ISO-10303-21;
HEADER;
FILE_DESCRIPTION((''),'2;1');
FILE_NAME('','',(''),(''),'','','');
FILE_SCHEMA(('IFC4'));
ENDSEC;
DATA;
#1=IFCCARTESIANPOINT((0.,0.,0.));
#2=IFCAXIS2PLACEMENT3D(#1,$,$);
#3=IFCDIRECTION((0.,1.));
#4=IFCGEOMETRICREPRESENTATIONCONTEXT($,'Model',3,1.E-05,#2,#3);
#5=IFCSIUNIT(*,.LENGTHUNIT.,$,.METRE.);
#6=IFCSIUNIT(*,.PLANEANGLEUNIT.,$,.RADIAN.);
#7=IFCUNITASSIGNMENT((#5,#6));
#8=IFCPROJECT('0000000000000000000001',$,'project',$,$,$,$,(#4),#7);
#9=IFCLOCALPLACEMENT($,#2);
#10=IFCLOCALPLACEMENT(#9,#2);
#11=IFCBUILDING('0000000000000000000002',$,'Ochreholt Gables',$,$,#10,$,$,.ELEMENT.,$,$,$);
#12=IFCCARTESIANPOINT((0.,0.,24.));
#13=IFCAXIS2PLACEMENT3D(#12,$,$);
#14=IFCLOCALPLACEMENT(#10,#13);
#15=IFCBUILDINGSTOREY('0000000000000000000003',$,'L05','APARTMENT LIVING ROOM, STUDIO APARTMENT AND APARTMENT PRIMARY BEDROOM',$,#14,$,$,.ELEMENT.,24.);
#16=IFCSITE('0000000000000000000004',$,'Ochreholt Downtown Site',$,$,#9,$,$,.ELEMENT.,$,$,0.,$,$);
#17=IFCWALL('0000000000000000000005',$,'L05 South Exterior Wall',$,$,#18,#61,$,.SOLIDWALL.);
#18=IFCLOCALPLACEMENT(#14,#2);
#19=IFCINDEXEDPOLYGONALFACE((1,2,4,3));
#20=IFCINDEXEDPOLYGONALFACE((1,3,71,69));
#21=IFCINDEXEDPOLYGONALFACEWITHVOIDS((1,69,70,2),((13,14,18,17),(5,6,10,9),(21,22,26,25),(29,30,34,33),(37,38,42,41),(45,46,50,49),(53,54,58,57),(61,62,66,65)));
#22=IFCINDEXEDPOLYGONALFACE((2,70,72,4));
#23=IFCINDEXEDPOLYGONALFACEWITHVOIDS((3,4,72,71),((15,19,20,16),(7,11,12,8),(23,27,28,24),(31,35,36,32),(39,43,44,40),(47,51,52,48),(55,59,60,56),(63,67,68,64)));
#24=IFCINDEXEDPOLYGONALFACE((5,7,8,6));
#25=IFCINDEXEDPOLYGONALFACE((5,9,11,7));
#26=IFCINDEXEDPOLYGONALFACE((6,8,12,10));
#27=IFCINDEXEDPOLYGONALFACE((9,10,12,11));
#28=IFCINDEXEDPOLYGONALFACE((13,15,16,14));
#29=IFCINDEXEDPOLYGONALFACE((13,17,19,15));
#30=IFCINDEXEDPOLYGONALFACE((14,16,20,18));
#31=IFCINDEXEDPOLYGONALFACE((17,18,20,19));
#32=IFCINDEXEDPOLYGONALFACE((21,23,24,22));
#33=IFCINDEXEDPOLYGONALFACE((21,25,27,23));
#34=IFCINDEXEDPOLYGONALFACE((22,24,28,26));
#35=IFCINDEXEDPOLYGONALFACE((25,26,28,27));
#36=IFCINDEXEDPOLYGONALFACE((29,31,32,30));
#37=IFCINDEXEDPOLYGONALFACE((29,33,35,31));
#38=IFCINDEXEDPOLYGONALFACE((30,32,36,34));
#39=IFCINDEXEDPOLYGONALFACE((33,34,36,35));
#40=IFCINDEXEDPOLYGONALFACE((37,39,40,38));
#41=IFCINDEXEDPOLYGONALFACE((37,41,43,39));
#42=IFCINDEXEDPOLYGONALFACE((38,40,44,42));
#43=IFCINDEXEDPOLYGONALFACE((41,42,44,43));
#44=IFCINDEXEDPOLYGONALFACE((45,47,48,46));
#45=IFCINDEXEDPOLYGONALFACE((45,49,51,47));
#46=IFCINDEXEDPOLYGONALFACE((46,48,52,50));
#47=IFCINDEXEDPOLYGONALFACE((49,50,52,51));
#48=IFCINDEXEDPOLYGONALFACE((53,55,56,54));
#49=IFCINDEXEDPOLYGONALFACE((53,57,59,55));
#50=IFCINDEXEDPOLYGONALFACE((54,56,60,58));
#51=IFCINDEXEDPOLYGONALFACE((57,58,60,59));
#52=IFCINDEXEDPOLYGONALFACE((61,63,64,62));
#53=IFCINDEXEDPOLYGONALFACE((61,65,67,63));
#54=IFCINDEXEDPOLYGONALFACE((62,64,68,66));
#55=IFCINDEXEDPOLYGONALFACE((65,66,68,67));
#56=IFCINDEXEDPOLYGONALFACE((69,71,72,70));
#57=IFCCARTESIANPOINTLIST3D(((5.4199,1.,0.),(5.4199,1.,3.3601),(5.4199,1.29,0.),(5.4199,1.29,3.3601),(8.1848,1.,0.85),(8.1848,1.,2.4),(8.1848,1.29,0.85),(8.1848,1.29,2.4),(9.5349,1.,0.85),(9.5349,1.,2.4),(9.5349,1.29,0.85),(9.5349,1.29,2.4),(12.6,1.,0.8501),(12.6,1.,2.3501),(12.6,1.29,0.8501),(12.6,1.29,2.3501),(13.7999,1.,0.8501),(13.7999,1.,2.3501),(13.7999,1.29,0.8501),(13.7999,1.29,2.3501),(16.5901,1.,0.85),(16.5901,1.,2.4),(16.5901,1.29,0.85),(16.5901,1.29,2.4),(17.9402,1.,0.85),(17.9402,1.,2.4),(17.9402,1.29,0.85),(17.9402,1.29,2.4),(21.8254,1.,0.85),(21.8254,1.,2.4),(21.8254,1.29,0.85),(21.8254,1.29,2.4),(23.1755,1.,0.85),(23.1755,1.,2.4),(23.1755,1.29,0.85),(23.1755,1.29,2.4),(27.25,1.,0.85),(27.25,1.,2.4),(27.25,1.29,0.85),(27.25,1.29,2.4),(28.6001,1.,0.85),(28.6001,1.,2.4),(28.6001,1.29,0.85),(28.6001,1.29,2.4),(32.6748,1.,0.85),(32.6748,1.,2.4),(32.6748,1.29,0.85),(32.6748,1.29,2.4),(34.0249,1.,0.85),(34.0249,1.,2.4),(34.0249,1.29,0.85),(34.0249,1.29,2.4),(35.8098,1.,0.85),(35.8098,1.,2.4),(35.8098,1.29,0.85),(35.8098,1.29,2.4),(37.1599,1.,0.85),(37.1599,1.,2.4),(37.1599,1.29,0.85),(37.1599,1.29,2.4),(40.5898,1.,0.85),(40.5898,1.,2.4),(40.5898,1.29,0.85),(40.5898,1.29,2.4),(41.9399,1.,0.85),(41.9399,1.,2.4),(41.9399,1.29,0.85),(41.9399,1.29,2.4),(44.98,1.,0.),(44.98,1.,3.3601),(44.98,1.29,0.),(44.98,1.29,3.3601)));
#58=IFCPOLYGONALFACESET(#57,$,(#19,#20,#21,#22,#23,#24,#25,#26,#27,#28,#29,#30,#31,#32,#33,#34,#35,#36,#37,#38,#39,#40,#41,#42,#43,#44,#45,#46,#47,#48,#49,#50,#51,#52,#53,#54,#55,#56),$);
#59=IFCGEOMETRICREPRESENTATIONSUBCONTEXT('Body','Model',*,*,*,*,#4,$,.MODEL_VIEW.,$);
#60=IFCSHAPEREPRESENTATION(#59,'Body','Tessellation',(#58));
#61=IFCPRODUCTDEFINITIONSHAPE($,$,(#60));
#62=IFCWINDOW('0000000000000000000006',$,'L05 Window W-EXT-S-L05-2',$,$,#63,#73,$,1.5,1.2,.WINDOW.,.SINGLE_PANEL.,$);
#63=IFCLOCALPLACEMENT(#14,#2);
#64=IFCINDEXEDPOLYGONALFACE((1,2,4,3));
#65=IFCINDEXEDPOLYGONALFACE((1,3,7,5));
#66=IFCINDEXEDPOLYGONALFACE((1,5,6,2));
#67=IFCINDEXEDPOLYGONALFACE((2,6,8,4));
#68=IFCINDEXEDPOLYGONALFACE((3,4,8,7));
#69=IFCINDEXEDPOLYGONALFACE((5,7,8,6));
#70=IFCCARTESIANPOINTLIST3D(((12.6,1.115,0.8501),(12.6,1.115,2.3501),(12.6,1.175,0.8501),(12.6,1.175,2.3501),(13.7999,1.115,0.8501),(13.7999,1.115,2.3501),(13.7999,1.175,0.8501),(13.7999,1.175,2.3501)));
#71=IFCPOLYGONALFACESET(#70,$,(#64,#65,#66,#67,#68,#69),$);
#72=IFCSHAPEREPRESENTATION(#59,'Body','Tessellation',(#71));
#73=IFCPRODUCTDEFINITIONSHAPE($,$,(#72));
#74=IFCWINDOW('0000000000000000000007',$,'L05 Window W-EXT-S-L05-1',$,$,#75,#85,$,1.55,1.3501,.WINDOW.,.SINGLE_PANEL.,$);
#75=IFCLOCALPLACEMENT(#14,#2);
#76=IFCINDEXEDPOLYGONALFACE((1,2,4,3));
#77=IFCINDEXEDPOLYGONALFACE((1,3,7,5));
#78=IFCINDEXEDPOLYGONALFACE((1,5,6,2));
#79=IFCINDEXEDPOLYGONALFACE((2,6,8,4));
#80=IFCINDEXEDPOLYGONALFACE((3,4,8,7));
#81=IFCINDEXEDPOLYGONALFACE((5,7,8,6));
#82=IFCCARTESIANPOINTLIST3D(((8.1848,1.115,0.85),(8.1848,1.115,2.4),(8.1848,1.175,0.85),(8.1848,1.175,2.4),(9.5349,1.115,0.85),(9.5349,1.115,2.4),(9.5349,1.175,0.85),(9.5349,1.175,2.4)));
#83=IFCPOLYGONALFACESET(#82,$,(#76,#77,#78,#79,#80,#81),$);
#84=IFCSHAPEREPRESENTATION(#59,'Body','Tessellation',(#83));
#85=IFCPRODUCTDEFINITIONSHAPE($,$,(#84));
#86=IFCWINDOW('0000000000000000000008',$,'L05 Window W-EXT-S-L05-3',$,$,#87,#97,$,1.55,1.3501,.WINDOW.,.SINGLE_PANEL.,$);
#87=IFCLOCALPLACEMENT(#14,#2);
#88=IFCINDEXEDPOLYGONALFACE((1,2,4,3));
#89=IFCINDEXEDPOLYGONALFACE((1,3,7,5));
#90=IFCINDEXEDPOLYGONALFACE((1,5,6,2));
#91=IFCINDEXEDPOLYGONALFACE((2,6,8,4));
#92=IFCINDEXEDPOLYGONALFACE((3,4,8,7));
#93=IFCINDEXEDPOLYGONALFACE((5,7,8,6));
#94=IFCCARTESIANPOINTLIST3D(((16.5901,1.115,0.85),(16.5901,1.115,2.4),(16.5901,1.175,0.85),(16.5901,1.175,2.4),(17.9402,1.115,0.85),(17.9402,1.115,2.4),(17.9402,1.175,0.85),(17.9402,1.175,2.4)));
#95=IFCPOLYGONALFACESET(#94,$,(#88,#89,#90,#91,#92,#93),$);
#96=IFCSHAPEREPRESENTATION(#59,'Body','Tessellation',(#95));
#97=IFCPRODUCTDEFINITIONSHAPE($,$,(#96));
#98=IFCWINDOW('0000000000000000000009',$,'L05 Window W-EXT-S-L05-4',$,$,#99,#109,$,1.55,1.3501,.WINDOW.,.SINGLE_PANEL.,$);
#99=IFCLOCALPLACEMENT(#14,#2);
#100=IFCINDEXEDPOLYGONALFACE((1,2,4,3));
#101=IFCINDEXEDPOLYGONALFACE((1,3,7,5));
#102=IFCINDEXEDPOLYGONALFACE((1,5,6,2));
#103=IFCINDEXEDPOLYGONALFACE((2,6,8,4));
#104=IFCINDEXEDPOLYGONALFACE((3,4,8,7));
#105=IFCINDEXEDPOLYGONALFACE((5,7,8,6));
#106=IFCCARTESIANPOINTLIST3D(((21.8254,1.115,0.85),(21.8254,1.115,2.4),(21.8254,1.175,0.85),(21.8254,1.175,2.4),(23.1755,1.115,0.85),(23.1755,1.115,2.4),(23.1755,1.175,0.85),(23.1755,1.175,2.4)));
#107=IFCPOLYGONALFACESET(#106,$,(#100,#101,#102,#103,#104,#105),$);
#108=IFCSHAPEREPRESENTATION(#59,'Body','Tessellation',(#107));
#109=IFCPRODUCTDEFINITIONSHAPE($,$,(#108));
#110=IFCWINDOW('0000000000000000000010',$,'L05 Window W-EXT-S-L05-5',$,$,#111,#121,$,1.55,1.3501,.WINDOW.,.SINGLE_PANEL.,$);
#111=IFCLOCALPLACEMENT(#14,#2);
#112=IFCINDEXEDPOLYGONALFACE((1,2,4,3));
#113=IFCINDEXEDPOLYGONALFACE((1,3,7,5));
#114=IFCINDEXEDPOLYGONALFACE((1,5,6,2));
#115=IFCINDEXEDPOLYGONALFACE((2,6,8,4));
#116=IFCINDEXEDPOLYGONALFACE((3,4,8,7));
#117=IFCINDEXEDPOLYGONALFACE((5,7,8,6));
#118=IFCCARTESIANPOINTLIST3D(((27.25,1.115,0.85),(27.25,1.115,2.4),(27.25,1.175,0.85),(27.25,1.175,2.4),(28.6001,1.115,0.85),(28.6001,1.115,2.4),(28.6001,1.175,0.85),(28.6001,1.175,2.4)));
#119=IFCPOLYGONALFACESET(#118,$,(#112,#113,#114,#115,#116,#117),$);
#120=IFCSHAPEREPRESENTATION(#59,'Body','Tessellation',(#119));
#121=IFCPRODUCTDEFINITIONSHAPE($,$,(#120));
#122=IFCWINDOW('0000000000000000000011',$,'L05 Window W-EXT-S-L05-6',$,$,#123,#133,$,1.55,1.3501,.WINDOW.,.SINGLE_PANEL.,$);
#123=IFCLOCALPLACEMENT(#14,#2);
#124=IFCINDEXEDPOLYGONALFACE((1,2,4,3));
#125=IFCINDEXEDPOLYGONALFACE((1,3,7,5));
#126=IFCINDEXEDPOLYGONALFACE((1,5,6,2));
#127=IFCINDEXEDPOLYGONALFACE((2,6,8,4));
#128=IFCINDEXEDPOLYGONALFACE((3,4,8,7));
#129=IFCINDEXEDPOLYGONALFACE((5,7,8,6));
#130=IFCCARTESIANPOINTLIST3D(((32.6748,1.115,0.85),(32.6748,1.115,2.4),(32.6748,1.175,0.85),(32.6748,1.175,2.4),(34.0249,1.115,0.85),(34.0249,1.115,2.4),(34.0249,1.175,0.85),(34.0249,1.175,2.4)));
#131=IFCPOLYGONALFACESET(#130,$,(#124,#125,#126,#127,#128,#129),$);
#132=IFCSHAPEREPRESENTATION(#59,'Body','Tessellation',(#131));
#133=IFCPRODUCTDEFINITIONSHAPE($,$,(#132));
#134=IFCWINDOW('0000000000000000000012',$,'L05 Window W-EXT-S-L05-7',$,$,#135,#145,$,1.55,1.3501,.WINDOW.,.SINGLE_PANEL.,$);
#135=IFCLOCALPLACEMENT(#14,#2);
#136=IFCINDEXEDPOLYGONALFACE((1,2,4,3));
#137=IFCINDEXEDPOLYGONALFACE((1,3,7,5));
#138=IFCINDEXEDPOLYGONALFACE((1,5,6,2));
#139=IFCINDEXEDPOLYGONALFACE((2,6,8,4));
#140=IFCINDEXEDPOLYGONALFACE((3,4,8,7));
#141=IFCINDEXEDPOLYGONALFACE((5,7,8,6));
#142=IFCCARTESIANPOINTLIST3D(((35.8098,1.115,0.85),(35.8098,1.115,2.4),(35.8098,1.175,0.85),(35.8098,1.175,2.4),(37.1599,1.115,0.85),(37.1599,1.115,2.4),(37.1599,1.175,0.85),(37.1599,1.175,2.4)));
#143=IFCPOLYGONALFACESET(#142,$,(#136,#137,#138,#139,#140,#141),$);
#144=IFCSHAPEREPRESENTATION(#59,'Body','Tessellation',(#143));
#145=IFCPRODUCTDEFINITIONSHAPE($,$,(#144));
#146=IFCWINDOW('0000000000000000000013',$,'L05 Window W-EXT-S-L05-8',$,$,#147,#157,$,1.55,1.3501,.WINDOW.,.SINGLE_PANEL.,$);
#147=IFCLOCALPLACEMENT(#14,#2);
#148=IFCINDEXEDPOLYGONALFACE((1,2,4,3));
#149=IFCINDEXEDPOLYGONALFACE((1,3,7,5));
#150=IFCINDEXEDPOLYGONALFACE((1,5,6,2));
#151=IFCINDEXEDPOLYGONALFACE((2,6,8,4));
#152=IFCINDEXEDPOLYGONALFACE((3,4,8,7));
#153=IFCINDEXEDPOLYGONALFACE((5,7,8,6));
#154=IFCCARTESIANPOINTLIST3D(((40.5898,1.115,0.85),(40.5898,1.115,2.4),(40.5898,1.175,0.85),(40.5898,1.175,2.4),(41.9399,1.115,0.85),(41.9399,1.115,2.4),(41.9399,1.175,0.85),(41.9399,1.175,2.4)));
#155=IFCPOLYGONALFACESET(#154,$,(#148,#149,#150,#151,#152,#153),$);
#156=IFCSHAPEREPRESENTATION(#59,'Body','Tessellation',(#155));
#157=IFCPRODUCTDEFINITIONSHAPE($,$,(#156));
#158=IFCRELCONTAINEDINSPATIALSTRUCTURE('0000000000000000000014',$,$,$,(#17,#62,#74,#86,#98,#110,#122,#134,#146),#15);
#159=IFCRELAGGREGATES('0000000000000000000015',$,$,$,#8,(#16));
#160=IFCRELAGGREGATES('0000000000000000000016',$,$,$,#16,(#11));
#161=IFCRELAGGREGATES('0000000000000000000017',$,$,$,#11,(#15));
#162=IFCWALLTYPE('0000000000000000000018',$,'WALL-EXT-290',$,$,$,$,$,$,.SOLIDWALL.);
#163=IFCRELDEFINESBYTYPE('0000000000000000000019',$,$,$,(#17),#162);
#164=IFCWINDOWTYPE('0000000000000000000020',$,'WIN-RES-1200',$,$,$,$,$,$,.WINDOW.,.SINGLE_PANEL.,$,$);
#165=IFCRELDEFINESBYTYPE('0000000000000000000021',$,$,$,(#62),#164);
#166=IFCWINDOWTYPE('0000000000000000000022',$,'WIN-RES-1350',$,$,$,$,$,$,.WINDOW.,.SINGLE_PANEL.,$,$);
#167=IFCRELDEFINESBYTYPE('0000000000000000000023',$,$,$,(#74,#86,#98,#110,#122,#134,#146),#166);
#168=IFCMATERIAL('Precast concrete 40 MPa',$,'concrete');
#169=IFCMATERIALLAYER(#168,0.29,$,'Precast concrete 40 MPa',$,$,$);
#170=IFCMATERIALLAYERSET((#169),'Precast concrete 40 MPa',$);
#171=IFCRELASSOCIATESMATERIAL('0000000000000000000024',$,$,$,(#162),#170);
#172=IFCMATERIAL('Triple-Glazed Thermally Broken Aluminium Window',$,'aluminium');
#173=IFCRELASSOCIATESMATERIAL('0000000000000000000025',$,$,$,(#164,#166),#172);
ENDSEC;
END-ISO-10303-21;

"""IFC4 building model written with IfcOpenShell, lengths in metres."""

from ifc_helpers import new_model, si_unit, direction, frame, frame_2d, origin, place, context, subcontext, project, spatial, rectangle, extrude, material, layer, layer_set, type_object, element, fill, save


model = new_model("IFC4")

# Units and contexts
model_context = context("Model", 3, precision=1e-05, world=origin(), true_north=direction((0.0, 1.0)))
body_context = subcontext(model_context, "Body", "Model", "MODEL_VIEW")
ifc_project = project(units=[si_unit("LENGTHUNIT", "METRE"), si_unit("PLANEANGLEUNIT", "RADIAN")], contexts=[model_context])

# Site, building, storey
site_placement = place(None, origin())
site = spatial("IfcSite", under=ifc_project, at=site_placement, Name="Ochreholt Downtown Site", CompositionType="ELEMENT", RefElevation=0.0)
building_placement = place(site_placement, origin())
building = spatial("IfcBuilding", under=site, at=building_placement, Name="Ochreholt Gables", CompositionType="ELEMENT")
storey_placement = place(building_placement, frame((0.0, 0.0, 24.0)))
storey = spatial("IfcBuildingStorey", under=building, at=storey_placement, Name="L05", Description="APARTMENT LIVING ROOM, STUDIO APARTMENT AND APARTMENT PRIMARY BEDROOM", CompositionType="ELEMENT", Elevation=24.0)

# Wall, openings, windows
ifc_material_1 = material(Name="Precast concrete 40 MPa", Category="concrete")
ifc_layer_1 = layer(ifc_material_1, 0.29, Name="Precast concrete 40 MPa")
ifc_layer_set_1 = layer_set([ifc_layer_1], Name="Precast concrete 40 MPa")
wall_type_1 = type_object("IfcWallType", Name="WALL-EXT-290", PredefinedType="SOLIDWALL", material=ifc_layer_set_1)
wall_1_placement = place(storey_placement, frame((5.4199, 1.145, 0.0), z_axis=(0.0, 0.0, 1.0), x_axis=(1.0, 0.0, 0.0)))
wall_1 = element("IfcWall", 1, at=wall_1_placement, inside=storey, type_object=wall_type_1, Name="L05 South Exterior Wall", PredefinedType="SOLIDWALL", context=body_context, shape_type="SweptSolid", body=[
    extrude(rectangle(XDim=39.5601, YDim=0.29, at=frame_2d((19.78, 0.0))), origin(), (0.0, 0.0, 1.0), 3.3601),
])
opening_1_placement = place(wall_1_placement, frame((2.7649, 0.0, 0.8501)))
opening_1 = element("IfcOpeningElement", 2, at=opening_1_placement, cuts=wall_1, PredefinedType="OPENING", context=body_context, shape_type="SweptSolid", body=[
    extrude(rectangle(XDim=1.3501, YDim=1.55, at=frame_2d((0.675, 0.7749))), frame((0.0, 0.155, 0.0), z_axis=(0.0, -1.0, 0.0), x_axis=(1.0, 0.0, 0.0)), (0.0, 0.0, 1.0), 0.3101),
])
opening_2_placement = place(wall_1_placement, frame((7.1799, 0.0, 0.8501)))
opening_2 = element("IfcOpeningElement", 3, at=opening_2_placement, cuts=wall_1, PredefinedType="OPENING", context=body_context, shape_type="SweptSolid", body=[
    extrude(rectangle(XDim=1.2, YDim=1.5, at=frame_2d((0.6001, 0.75))), frame((0.0, 0.155, 0.0), z_axis=(0.0, -1.0, 0.0), x_axis=(1.0, 0.0, 0.0)), (0.0, 0.0, 1.0), 0.3101),
])
opening_3_placement = place(wall_1_placement, frame((11.1702, 0.0, 0.8501)))
opening_3 = element("IfcOpeningElement", 4, at=opening_3_placement, cuts=wall_1, PredefinedType="OPENING", context=body_context, shape_type="SweptSolid", body=[
    extrude(rectangle(XDim=1.3501, YDim=1.55, at=frame_2d((0.675, 0.7749))), frame((0.0, 0.155, 0.0), z_axis=(0.0, -1.0, 0.0), x_axis=(1.0, 0.0, 0.0)), (0.0, 0.0, 1.0), 0.3101),
])
opening_4_placement = place(wall_1_placement, frame((16.4055, 0.0, 0.8501)))
opening_4 = element("IfcOpeningElement", 5, at=opening_4_placement, cuts=wall_1, PredefinedType="OPENING", context=body_context, shape_type="SweptSolid", body=[
    extrude(rectangle(XDim=1.3501, YDim=1.55, at=frame_2d((0.675, 0.7749))), frame((0.0, 0.155, 0.0), z_axis=(0.0, -1.0, 0.0), x_axis=(1.0, 0.0, 0.0)), (0.0, 0.0, 1.0), 0.3101),
])
opening_5_placement = place(wall_1_placement, frame((21.8301, 0.0, 0.8501)))
opening_5 = element("IfcOpeningElement", 6, at=opening_5_placement, cuts=wall_1, PredefinedType="OPENING", context=body_context, shape_type="SweptSolid", body=[
    extrude(rectangle(XDim=1.3501, YDim=1.55, at=frame_2d((0.675, 0.7749))), frame((0.0, 0.155, 0.0), z_axis=(0.0, -1.0, 0.0), x_axis=(1.0, 0.0, 0.0)), (0.0, 0.0, 1.0), 0.3101),
])
opening_6_placement = place(wall_1_placement, frame((27.2549, 0.0, 0.8501)))
opening_6 = element("IfcOpeningElement", 7, at=opening_6_placement, cuts=wall_1, PredefinedType="OPENING", context=body_context, shape_type="SweptSolid", body=[
    extrude(rectangle(XDim=1.3501, YDim=1.55, at=frame_2d((0.675, 0.7749))), frame((0.0, 0.155, 0.0), z_axis=(0.0, -1.0, 0.0), x_axis=(1.0, 0.0, 0.0)), (0.0, 0.0, 1.0), 0.3101),
])
opening_7_placement = place(wall_1_placement, frame((30.3899, 0.0, 0.8501)))
opening_7 = element("IfcOpeningElement", 8, at=opening_7_placement, cuts=wall_1, PredefinedType="OPENING", context=body_context, shape_type="SweptSolid", body=[
    extrude(rectangle(XDim=1.3501, YDim=1.55, at=frame_2d((0.675, 0.7749))), frame((0.0, 0.155, 0.0), z_axis=(0.0, -1.0, 0.0), x_axis=(1.0, 0.0, 0.0)), (0.0, 0.0, 1.0), 0.3101),
])
opening_8_placement = place(wall_1_placement, frame((35.1699, 0.0, 0.8501)))
opening_8 = element("IfcOpeningElement", 9, at=opening_8_placement, cuts=wall_1, PredefinedType="OPENING", context=body_context, shape_type="SweptSolid", body=[
    extrude(rectangle(XDim=1.3501, YDim=1.55, at=frame_2d((0.675, 0.7749))), frame((0.0, 0.155, 0.0), z_axis=(0.0, -1.0, 0.0), x_axis=(1.0, 0.0, 0.0)), (0.0, 0.0, 1.0), 0.3101),
])
ifc_material_2 = material(Name="Triple-Glazed Thermally Broken Aluminium Window", Category="aluminium")
window_type_1 = type_object("IfcWindowType", Name="WIN-RES-1200", PartitioningType="SINGLE_PANEL", PredefinedType="WINDOW", material=ifc_material_2)
window_1_placement = place(opening_2_placement, origin())
window_1 = element("IfcWindow", 10, at=window_1_placement, inside=storey, type_object=window_type_1, Name="L05 Window W-EXT-S-L05-2", OverallHeight=1.5, OverallWidth=1.2, PartitioningType="SINGLE_PANEL", PredefinedType="WINDOW", context=body_context, shape_type="SweptSolid", body=[
    extrude(rectangle(XDim=1.2, YDim=1.5, at=frame_2d((0.6001, 0.75))), frame((0.0, 0.03, 0.0), z_axis=(0.0, -1.0, 0.0), x_axis=(1.0, 0.0, 0.0)), (0.0, 0.0, 1.0), 0.0601),
])
fill(opening_2, window_1)
window_type_2 = type_object("IfcWindowType", Name="WIN-RES-1350", PartitioningType="SINGLE_PANEL", PredefinedType="WINDOW", material=ifc_material_2)
window_2_placement = place(opening_1_placement, origin())
window_2 = element("IfcWindow", 11, at=window_2_placement, inside=storey, type_object=window_type_2, Name="L05 Window W-EXT-S-L05-1", OverallHeight=1.55, OverallWidth=1.3501, PartitioningType="SINGLE_PANEL", PredefinedType="WINDOW", context=body_context, shape_type="SweptSolid", body=[
    extrude(rectangle(XDim=1.3501, YDim=1.55, at=frame_2d((0.675, 0.7749))), frame((0.0, 0.03, 0.0), z_axis=(0.0, -1.0, 0.0), x_axis=(1.0, 0.0, 0.0)), (0.0, 0.0, 1.0), 0.0601),
])
fill(opening_1, window_2)
window_3_placement = place(opening_3_placement, origin())
window_3 = element("IfcWindow", 12, at=window_3_placement, inside=storey, type_object=window_type_2, Name="L05 Window W-EXT-S-L05-3", OverallHeight=1.55, OverallWidth=1.3501, PartitioningType="SINGLE_PANEL", PredefinedType="WINDOW", context=body_context, shape_type="SweptSolid", body=[
    extrude(rectangle(XDim=1.3501, YDim=1.55, at=frame_2d((0.675, 0.7749))), frame((0.0, 0.03, 0.0), z_axis=(0.0, -1.0, 0.0), x_axis=(1.0, 0.0, 0.0)), (0.0, 0.0, 1.0), 0.0601),
])
fill(opening_3, window_3)
window_4_placement = place(opening_4_placement, origin())
window_4 = element("IfcWindow", 13, at=window_4_placement, inside=storey, type_object=window_type_2, Name="L05 Window W-EXT-S-L05-4", OverallHeight=1.55, OverallWidth=1.3501, PartitioningType="SINGLE_PANEL", PredefinedType="WINDOW", context=body_context, shape_type="SweptSolid", body=[
    extrude(rectangle(XDim=1.3501, YDim=1.55, at=frame_2d((0.675, 0.7749))), frame((0.0, 0.03, 0.0), z_axis=(0.0, -1.0, 0.0), x_axis=(1.0, 0.0, 0.0)), (0.0, 0.0, 1.0), 0.0601),
])
fill(opening_4, window_4)
window_5_placement = place(opening_5_placement, origin())
window_5 = element("IfcWindow", 14, at=window_5_placement, inside=storey, type_object=window_type_2, Name="L05 Window W-EXT-S-L05-5", OverallHeight=1.55, OverallWidth=1.3501, PartitioningType="SINGLE_PANEL", PredefinedType="WINDOW", context=body_context, shape_type="SweptSolid", body=[
    extrude(rectangle(XDim=1.3501, YDim=1.55, at=frame_2d((0.675, 0.7749))), frame((0.0, 0.03, 0.0), z_axis=(0.0, -1.0, 0.0), x_axis=(1.0, 0.0, 0.0)), (0.0, 0.0, 1.0), 0.0601),
])
fill(opening_5, window_5)
window_6_placement = place(opening_6_placement, origin())
window_6 = element("IfcWindow", 15, at=window_6_placement, inside=storey, type_object=window_type_2, Name="L05 Window W-EXT-S-L05-6", OverallHeight=1.55, OverallWidth=1.3501, PartitioningType="SINGLE_PANEL", PredefinedType="WINDOW", context=body_context, shape_type="SweptSolid", body=[
    extrude(rectangle(XDim=1.3501, YDim=1.55, at=frame_2d((0.675, 0.7749))), frame((0.0, 0.03, 0.0), z_axis=(0.0, -1.0, 0.0), x_axis=(1.0, 0.0, 0.0)), (0.0, 0.0, 1.0), 0.0601),
])
fill(opening_6, window_6)
window_7_placement = place(opening_7_placement, origin())
window_7 = element("IfcWindow", 16, at=window_7_placement, inside=storey, type_object=window_type_2, Name="L05 Window W-EXT-S-L05-7", OverallHeight=1.55, OverallWidth=1.3501, PartitioningType="SINGLE_PANEL", PredefinedType="WINDOW", context=body_context, shape_type="SweptSolid", body=[
    extrude(rectangle(XDim=1.3501, YDim=1.55, at=frame_2d((0.675, 0.7749))), frame((0.0, 0.03, 0.0), z_axis=(0.0, -1.0, 0.0), x_axis=(1.0, 0.0, 0.0)), (0.0, 0.0, 1.0), 0.0601),
])
fill(opening_7, window_7)
window_8_placement = place(opening_8_placement, origin())
window_8 = element("IfcWindow", 17, at=window_8_placement, inside=storey, type_object=window_type_2, Name="L05 Window W-EXT-S-L05-8", OverallHeight=1.55, OverallWidth=1.3501, PartitioningType="SINGLE_PANEL", PredefinedType="WINDOW", context=body_context, shape_type="SweptSolid", body=[
    extrude(rectangle(XDim=1.3501, YDim=1.55, at=frame_2d((0.675, 0.7749))), frame((0.0, 0.03, 0.0), z_axis=(0.0, -1.0, 0.0), x_axis=(1.0, 0.0, 0.0)), (0.0, 0.0, 1.0), 0.0601),
])
fill(opening_8, window_8)

save(model, "model.ifc")
